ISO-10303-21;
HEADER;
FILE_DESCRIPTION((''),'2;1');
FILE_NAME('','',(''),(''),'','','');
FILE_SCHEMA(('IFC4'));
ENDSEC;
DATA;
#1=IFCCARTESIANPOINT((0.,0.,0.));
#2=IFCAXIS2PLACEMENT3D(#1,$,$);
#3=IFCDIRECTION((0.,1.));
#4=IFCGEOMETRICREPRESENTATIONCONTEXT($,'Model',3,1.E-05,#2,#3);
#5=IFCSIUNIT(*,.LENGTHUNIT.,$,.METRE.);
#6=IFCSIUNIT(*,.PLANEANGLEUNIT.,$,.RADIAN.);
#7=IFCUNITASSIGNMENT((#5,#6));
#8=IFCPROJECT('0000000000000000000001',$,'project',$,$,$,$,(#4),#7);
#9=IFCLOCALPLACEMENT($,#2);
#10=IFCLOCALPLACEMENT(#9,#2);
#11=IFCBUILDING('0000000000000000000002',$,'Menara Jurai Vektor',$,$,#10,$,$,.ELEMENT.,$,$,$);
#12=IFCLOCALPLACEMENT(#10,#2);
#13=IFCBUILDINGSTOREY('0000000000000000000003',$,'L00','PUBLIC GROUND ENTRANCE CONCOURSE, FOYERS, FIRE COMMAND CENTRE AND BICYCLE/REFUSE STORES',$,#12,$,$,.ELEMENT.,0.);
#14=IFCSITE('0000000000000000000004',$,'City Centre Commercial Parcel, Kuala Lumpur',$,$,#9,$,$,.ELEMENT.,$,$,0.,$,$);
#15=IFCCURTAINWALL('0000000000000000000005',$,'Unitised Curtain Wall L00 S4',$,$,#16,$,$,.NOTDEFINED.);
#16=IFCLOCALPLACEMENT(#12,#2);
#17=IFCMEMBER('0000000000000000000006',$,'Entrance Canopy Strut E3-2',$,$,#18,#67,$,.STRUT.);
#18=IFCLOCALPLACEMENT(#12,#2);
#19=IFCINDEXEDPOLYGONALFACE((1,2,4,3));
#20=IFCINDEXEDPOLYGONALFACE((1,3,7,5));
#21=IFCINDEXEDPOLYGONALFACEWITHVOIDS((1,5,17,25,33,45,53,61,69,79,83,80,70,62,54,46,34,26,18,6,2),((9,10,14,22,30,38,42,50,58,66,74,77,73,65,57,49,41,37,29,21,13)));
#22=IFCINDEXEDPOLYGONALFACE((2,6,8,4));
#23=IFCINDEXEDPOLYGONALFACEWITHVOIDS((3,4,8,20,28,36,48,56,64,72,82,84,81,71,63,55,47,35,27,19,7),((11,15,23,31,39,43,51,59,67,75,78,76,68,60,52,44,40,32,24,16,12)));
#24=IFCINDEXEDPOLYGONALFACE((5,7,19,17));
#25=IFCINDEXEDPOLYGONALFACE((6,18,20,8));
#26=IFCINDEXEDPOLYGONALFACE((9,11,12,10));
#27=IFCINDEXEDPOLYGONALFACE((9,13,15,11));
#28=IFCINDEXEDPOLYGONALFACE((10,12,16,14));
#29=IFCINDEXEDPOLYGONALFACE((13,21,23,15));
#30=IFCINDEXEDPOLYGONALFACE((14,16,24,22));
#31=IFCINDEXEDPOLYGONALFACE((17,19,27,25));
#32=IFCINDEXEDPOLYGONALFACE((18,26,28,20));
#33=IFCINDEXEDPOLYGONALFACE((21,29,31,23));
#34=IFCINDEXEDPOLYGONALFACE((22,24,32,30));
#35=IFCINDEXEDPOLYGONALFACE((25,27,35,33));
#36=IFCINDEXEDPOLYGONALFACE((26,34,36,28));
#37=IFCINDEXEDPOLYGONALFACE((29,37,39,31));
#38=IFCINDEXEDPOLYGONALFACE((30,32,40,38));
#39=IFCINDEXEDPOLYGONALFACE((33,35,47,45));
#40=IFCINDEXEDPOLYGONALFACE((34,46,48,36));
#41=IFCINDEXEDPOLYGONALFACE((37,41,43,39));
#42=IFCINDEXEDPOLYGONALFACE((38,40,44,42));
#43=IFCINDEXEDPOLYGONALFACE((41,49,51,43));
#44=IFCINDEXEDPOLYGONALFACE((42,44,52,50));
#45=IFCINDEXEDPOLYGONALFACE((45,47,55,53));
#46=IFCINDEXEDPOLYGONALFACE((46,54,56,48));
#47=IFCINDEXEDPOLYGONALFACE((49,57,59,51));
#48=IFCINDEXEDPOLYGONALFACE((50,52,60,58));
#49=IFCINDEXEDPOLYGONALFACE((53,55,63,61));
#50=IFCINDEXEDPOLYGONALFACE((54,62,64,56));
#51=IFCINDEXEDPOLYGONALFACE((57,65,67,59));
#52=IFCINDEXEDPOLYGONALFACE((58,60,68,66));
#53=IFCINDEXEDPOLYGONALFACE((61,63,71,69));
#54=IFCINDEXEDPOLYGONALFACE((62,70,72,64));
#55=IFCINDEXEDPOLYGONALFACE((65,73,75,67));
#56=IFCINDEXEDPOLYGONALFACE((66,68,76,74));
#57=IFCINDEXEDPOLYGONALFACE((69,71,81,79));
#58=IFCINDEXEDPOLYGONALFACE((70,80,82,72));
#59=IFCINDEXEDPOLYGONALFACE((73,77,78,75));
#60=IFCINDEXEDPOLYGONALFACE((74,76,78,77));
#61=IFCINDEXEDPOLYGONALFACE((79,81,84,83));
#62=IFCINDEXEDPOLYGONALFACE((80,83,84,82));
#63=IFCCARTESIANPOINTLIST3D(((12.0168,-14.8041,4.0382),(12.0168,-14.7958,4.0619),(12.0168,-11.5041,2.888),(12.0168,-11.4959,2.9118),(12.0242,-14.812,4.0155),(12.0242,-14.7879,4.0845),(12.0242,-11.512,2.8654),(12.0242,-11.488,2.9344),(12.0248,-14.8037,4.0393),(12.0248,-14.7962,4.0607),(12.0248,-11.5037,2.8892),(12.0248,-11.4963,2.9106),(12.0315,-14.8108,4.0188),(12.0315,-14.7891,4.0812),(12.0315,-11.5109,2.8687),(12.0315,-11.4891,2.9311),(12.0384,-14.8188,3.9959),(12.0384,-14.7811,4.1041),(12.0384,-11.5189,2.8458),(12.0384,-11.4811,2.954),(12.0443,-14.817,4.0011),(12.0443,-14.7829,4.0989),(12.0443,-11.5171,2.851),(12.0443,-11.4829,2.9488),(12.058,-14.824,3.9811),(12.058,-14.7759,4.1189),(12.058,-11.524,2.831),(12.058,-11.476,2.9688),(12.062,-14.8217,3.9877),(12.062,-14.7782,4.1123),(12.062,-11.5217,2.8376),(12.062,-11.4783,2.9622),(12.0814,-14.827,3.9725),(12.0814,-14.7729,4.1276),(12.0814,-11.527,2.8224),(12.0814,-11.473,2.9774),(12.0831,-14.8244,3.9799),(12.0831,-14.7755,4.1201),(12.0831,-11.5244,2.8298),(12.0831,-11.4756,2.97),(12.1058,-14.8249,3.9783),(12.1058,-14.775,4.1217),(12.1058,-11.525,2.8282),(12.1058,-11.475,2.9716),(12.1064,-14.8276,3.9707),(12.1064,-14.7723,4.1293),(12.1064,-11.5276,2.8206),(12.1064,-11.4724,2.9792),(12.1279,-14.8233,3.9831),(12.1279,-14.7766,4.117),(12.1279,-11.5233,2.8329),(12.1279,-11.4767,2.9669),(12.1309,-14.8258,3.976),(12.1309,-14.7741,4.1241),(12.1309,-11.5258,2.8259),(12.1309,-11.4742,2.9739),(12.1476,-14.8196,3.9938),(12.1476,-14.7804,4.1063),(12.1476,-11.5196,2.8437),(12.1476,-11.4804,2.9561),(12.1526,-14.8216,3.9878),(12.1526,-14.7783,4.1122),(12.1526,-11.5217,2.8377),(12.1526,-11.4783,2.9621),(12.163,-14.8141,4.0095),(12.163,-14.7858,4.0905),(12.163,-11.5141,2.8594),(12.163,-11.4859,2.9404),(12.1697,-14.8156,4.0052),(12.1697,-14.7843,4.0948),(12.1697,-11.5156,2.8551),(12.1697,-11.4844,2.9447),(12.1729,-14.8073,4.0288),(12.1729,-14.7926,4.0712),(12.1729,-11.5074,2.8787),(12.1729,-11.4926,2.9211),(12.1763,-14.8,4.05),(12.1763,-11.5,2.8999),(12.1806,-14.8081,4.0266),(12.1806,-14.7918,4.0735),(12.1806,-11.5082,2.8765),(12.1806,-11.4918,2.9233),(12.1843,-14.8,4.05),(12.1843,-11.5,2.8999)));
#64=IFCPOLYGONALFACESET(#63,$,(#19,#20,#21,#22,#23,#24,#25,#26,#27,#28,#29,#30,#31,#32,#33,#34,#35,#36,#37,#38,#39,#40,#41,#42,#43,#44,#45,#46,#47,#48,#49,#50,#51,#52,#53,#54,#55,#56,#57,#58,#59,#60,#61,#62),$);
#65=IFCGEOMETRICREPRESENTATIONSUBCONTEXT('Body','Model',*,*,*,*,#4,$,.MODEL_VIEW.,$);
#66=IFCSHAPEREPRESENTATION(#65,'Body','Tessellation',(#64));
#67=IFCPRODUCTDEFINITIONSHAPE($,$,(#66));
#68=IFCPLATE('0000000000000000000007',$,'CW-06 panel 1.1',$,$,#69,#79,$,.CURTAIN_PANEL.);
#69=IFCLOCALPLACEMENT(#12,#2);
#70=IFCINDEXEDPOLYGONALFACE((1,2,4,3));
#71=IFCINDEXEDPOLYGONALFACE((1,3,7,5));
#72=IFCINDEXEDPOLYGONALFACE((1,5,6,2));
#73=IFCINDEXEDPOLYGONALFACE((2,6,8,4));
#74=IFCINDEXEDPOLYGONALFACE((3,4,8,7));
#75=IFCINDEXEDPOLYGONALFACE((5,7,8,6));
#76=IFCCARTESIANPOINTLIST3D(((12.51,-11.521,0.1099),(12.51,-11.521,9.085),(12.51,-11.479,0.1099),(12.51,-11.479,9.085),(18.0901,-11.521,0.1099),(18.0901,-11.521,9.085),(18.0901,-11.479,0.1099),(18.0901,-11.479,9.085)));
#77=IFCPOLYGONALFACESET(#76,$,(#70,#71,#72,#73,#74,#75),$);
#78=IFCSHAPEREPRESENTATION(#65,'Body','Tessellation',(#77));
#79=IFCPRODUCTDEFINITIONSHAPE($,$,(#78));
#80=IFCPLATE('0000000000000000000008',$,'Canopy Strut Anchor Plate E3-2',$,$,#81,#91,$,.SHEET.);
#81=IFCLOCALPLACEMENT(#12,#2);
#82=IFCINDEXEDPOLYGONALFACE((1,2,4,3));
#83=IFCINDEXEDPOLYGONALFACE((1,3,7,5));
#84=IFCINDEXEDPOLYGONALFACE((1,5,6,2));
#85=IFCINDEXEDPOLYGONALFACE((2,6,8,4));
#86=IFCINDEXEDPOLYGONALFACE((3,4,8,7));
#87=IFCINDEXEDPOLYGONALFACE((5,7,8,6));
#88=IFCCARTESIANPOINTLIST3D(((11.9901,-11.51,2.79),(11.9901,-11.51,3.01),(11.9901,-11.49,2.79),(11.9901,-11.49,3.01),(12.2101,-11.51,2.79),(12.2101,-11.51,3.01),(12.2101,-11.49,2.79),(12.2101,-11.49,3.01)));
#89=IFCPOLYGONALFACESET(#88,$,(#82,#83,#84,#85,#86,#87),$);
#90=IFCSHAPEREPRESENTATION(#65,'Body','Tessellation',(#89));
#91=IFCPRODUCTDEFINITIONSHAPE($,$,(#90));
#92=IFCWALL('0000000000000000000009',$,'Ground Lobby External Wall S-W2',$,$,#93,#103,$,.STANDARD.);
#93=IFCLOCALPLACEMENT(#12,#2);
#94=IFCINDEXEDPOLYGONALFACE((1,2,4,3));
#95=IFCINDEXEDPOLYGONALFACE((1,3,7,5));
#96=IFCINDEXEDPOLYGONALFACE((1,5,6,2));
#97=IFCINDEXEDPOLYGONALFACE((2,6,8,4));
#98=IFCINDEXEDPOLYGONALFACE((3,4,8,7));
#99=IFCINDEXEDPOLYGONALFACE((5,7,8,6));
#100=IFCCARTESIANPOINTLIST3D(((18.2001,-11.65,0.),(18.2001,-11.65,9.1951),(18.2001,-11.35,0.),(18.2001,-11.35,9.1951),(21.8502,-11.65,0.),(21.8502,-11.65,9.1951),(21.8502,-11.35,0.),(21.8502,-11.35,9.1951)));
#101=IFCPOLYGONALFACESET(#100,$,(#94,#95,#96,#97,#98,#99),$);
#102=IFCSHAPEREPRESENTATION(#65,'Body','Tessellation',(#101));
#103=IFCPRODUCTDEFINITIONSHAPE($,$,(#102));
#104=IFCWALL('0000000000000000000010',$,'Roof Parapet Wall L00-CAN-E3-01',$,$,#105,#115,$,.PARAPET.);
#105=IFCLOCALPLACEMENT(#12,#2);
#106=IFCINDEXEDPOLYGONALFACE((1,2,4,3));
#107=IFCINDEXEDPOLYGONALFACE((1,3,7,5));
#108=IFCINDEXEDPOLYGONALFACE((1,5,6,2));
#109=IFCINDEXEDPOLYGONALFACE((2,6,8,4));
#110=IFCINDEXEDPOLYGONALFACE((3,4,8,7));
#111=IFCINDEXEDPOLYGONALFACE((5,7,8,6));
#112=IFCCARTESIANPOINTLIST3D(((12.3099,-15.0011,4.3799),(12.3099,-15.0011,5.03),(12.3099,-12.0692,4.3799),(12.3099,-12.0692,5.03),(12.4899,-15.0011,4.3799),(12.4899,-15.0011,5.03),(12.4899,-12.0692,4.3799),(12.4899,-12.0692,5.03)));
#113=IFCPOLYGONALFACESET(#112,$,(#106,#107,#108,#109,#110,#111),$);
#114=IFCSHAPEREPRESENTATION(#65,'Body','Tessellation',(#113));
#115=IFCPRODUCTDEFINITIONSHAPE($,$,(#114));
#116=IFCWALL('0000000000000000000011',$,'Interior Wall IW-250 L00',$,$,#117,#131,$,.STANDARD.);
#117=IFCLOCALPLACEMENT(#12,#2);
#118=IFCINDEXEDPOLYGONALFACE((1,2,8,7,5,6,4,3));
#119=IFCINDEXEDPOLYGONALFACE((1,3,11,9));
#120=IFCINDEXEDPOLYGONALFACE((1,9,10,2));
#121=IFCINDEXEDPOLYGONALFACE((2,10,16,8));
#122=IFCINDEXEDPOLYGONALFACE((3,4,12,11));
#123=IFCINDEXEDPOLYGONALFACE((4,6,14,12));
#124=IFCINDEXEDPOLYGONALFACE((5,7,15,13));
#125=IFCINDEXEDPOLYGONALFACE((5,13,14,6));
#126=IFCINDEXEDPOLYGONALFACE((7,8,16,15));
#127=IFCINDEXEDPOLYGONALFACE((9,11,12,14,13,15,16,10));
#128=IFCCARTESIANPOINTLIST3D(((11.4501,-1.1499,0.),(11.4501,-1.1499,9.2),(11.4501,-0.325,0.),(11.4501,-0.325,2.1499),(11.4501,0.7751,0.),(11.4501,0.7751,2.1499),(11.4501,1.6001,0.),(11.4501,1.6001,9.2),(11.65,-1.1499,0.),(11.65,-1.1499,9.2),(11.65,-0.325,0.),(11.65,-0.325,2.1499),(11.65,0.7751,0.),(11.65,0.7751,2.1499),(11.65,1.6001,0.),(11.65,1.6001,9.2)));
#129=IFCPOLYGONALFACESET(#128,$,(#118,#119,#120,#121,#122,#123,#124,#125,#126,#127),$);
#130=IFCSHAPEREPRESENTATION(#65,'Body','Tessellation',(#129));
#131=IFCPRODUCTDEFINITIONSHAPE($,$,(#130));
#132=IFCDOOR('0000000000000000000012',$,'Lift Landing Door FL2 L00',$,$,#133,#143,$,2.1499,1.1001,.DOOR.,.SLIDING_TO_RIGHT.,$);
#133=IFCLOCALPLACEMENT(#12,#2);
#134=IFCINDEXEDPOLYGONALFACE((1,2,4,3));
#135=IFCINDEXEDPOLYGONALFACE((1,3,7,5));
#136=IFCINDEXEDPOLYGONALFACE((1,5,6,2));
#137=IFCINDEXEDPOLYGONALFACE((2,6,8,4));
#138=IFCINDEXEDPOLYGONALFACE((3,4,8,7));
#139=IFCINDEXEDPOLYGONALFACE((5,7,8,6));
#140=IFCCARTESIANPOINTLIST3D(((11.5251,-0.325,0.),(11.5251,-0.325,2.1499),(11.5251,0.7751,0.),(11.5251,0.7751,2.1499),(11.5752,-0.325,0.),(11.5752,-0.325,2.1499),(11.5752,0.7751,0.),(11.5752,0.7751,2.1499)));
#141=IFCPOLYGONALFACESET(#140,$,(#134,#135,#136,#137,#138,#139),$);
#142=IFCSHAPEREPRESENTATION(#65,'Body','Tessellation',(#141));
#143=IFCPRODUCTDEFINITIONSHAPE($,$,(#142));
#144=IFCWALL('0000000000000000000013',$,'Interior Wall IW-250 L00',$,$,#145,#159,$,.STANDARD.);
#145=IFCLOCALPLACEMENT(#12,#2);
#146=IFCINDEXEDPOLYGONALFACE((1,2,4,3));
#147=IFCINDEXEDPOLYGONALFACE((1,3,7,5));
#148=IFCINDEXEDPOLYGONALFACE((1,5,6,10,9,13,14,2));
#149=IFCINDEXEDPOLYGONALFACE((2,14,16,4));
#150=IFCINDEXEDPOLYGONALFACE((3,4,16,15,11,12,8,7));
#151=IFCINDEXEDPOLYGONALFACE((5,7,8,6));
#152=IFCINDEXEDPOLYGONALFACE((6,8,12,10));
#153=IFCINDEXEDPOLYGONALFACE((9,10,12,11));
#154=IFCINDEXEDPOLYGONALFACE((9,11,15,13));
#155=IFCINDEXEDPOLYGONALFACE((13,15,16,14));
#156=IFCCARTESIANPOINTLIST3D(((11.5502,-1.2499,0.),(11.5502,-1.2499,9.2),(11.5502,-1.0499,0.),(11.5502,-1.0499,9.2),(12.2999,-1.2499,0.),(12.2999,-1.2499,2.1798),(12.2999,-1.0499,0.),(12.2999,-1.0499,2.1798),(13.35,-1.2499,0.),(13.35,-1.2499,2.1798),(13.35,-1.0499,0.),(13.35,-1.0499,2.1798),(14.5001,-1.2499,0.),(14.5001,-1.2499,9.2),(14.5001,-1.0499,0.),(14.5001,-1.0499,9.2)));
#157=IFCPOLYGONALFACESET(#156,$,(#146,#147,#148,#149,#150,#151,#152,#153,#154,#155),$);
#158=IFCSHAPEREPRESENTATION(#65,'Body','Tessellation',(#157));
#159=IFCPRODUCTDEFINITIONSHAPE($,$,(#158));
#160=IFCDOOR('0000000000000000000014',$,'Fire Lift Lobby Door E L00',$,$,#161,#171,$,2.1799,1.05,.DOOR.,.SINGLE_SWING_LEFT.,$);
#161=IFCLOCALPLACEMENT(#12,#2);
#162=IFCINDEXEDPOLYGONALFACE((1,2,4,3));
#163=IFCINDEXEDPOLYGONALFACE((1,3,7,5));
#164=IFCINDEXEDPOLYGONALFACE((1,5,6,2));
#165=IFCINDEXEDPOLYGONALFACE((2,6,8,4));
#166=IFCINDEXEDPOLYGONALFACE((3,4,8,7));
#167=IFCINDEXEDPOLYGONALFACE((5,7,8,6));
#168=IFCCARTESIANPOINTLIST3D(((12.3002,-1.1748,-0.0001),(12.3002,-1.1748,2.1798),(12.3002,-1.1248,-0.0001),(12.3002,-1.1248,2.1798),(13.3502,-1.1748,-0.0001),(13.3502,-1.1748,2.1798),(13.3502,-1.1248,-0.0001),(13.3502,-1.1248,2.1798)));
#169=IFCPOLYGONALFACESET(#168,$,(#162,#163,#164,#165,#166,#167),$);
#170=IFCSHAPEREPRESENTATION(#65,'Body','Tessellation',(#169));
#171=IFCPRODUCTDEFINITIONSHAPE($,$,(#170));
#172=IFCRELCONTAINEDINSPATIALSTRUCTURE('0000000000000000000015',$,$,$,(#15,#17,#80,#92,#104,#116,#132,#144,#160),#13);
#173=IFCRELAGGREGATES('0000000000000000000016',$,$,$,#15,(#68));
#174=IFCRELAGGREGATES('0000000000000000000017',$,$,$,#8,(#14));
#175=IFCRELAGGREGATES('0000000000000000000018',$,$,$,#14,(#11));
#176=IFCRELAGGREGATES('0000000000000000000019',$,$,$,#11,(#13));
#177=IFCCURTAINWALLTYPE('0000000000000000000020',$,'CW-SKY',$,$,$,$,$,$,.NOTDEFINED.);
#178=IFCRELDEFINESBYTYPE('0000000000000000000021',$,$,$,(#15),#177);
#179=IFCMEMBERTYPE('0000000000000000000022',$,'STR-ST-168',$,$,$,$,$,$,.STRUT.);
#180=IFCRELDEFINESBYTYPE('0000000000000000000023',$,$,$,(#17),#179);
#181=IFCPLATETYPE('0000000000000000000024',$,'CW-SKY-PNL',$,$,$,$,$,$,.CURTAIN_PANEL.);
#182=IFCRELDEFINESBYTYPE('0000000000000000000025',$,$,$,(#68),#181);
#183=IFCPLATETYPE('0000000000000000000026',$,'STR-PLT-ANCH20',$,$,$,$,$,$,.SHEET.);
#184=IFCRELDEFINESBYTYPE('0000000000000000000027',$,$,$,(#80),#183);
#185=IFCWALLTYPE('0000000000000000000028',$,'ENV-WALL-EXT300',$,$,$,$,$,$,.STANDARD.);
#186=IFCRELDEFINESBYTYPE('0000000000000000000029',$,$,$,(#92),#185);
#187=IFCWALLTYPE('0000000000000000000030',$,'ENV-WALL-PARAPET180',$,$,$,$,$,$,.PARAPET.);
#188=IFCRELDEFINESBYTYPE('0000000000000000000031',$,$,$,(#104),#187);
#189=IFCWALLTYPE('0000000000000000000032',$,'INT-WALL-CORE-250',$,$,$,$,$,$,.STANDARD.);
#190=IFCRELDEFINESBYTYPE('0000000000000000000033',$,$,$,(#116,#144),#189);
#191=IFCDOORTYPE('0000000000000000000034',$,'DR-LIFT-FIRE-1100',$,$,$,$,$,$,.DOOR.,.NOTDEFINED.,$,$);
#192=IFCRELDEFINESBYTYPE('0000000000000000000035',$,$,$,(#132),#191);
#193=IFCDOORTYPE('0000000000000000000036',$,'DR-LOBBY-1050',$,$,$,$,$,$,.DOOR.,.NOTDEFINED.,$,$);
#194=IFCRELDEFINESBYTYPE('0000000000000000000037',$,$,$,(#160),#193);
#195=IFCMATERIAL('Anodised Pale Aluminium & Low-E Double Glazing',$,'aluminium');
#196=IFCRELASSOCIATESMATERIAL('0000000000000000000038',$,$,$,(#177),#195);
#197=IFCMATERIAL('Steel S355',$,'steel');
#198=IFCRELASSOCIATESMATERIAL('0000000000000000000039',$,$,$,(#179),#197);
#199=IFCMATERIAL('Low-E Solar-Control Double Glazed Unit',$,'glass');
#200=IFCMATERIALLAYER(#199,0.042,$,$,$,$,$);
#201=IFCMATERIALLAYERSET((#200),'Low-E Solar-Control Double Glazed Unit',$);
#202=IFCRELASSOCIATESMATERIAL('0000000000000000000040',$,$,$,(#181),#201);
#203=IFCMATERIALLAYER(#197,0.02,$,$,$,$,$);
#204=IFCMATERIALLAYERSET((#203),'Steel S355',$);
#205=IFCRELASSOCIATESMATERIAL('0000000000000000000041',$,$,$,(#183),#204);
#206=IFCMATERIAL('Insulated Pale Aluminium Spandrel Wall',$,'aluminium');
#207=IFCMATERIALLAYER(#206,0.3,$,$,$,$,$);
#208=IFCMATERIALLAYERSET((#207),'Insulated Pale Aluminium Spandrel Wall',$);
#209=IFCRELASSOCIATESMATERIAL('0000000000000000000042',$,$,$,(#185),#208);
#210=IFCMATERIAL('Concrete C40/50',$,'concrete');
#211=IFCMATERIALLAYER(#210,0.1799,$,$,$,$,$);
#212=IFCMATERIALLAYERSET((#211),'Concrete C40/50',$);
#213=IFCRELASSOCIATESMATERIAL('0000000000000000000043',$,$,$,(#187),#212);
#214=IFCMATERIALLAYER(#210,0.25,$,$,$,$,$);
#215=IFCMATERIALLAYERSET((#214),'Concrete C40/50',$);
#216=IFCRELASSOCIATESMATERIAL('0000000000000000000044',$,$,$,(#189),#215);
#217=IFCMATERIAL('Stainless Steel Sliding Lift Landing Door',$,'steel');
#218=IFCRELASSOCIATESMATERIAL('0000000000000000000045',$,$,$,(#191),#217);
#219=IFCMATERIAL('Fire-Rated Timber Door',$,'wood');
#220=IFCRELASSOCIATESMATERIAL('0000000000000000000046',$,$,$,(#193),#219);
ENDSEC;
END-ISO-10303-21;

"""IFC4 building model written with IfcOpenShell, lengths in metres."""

from ifc_helpers import new_model, si_unit, direction, frame, frame_2d, origin, origin_2d, place, context, subcontext, project, spatial, rectangle, hollow_circle, extrude, material, layer, layer_set, material_profile, profile_set, type_object, element, fill, aggregate, save


model = new_model("IFC4")

# Units and contexts
model_context = context("Model", 3, precision=1e-05, world=origin(), true_north=direction((0.0, 1.0)))
body_context = subcontext(model_context, "Body", "Model", "MODEL_VIEW")
ifc_project = project(units=[si_unit("LENGTHUNIT", "METRE"), si_unit("PLANEANGLEUNIT", "RADIAN")], contexts=[model_context])

# Site, building, storey
site_placement = place(None, origin())
site = spatial("IfcSite", under=ifc_project, at=site_placement, Name="City Centre Commercial Parcel, Kuala Lumpur", CompositionType="ELEMENT", RefElevation=0.0)
building_placement = place(site_placement, origin())
building = spatial("IfcBuilding", under=site, at=building_placement, Name="Menara Jurai Vektor", CompositionType="ELEMENT")
storey_placement = place(building_placement, origin())
storey = spatial("IfcBuildingStorey", under=building, at=storey_placement, Name="L00", Description="PUBLIC GROUND ENTRANCE CONCOURSE, FOYERS, FIRE COMMAND CENTRE AND BICYCLE/REFUSE STORES", CompositionType="ELEMENT", Elevation=0.0)

# Shared definitions
ifc_material_1 = material(Name="Steel S355", Category="steel")

# Curtain wall
ifc_material_2 = material(Name="Anodised Pale Aluminium & Low-E Double Glazing", Category="aluminium")
curtain_wall_type = type_object("IfcCurtainWallType", Name="CW-SKY", PredefinedType="NOTDEFINED", material=ifc_material_2)
curtain_wall_placement = place(storey_placement, origin())
curtain_wall = element("IfcCurtainWall", 1, at=curtain_wall_placement, inside=storey, type_object=curtain_wall_type, Name="Unitised Curtain Wall L00 S4", PredefinedType="NOTDEFINED")

# Member
ifc_material_profile_1 = material_profile(ifc_material_1, hollow_circle(Radius=0.0842, WallThickness=0.0081, at=origin_2d()), Name="CHS 168.3x8")
ifc_profile_set_1 = profile_set([ifc_material_profile_1], Name="Steel S355")
member_type_1 = type_object("IfcMemberType", Name="STR-ST-168", PredefinedType="STRUT", material=ifc_profile_set_1)
member_1_placement = place(storey_placement, frame((12.1001, -11.5, 2.8999), z_axis=(0.0, -0.944292, 0.329109), x_axis=(1.0, 0.0, 0.0)))
element("IfcMember", 2, at=member_1_placement, inside=storey, type_object=member_type_1, Name="Entrance Canopy Strut E3-2", PredefinedType="STRUT", context=body_context, shape_type="SweptSolid", body=[
    extrude(hollow_circle(Radius=0.0842, WallThickness=0.0081, at=origin_2d()), origin(), (0.0, 0.0, 1.0), 3.4946),
])

# Plates
ifc_material_3 = material(Name="Low-E Solar-Control Double Glazed Unit", Category="glass")
ifc_layer_1 = layer(ifc_material_3, 0.042)
ifc_layer_set_1 = layer_set([ifc_layer_1], Name="Low-E Solar-Control Double Glazed Unit")
plate_type_1 = type_object("IfcPlateType", Name="CW-SKY-PNL", PredefinedType="CURTAIN_PANEL", material=ifc_layer_set_1)
plate_1_placement = place(storey_placement, frame((15.3, -11.5, 0.1099), z_axis=(0.0, 0.0, 1.0), x_axis=(1.0, 0.0, 0.0)))
plate_1 = element("IfcPlate", 3, at=plate_1_placement, type_object=plate_type_1, Name="CW-06 panel 1.1", PredefinedType="CURTAIN_PANEL", context=body_context, shape_type="SweptSolid", body=[
    extrude(rectangle(XDim=5.5801, YDim=0.042, at=origin_2d()), origin(), (0.0, 0.0, 1.0), 8.9751),
])
aggregate(curtain_wall, [plate_1])
ifc_layer_2 = layer(ifc_material_1, 0.02)
ifc_layer_set_2 = layer_set([ifc_layer_2], Name="Steel S355")
plate_type_2 = type_object("IfcPlateType", Name="STR-PLT-ANCH20", PredefinedType="SHEET", material=ifc_layer_set_2)
plate_2_placement = place(storey_placement, frame((12.1001, -11.5, 2.79), z_axis=(0.0, 0.0, 1.0), x_axis=(1.0, 0.0, 0.0)))
element("IfcPlate", 4, at=plate_2_placement, inside=storey, type_object=plate_type_2, Name="Canopy Strut Anchor Plate E3-2", PredefinedType="SHEET", context=body_context, shape_type="SweptSolid", body=[
    extrude(rectangle(XDim=0.22, YDim=0.02, at=origin_2d()), origin(), (0.0, 0.0, 1.0), 0.22),
])

# Walls
ifc_material_4 = material(Name="Insulated Pale Aluminium Spandrel Wall", Category="aluminium")
ifc_layer_3 = layer(ifc_material_4, 0.3)
ifc_layer_set_3 = layer_set([ifc_layer_3], Name="Insulated Pale Aluminium Spandrel Wall")
wall_type_1 = type_object("IfcWallType", Name="ENV-WALL-EXT300", PredefinedType="STANDARD", material=ifc_layer_set_3)
wall_1_placement = place(storey_placement, frame((18.2, -11.5, 0.0), z_axis=(0.0, 0.0, 1.0), x_axis=(1.0, 0.0, 0.0)))
element("IfcWall", 5, at=wall_1_placement, inside=storey, type_object=wall_type_1, Name="Ground Lobby External Wall S-W2", PredefinedType="STANDARD", context=body_context, shape_type="SweptSolid", body=[
    extrude(rectangle(XDim=3.6501, YDim=0.3, at=frame_2d((1.8252, 0.0))), origin(), (0.0, 0.0, 1.0), 9.1951),
])
ifc_material_5 = material(Name="Concrete C40/50", Category="concrete")
ifc_layer_4 = layer(ifc_material_5, 0.1799)
ifc_layer_set_4 = layer_set([ifc_layer_4], Name="Concrete C40/50")
wall_type_2 = type_object("IfcWallType", Name="ENV-WALL-PARAPET180", PredefinedType="PARAPET", material=ifc_layer_set_4)
wall_2_placement = place(storey_placement, frame((12.3999, -15.001, 4.3799), z_axis=(0.0, 0.0, 1.0), x_axis=(0.0, 1.0, 0.0)))
element("IfcWall", 6, at=wall_2_placement, inside=storey, type_object=wall_type_2, Name="Roof Parapet Wall L00-CAN-E3-01", PredefinedType="PARAPET", context=body_context, shape_type="SweptSolid", body=[
    extrude(rectangle(XDim=2.9319, YDim=0.1799, at=frame_2d((1.4658, 0.0))), origin(), (0.0, 0.0, 1.0), 0.6501),
])

# Walls, openings, doors
ifc_layer_5 = layer(ifc_material_5, 0.25)
ifc_layer_set_5 = layer_set([ifc_layer_5], Name="Concrete C40/50")
wall_type_3 = type_object("IfcWallType", Name="INT-WALL-CORE-250", PredefinedType="STANDARD", material=ifc_layer_set_5)
wall_3_placement = place(storey_placement, frame((11.55, -1.1499, 0.0), z_axis=(0.0, 0.0, 1.0), x_axis=(0.0, 1.0, 0.0)))
wall_3 = element("IfcWall", 7, at=wall_3_placement, inside=storey, type_object=wall_type_3, Name="Interior Wall IW-250 L00", PredefinedType="STANDARD", context=body_context, shape_type="SweptSolid", body=[
    extrude(rectangle(XDim=2.75, YDim=0.2, at=frame_2d((1.375, 0.0))), origin(), (0.0, 0.0, 1.0), 9.2),
])
opening_1_placement = place(wall_3_placement, frame((0.825, 0.0, 0.0)))
opening_1 = element("IfcOpeningElement", 8, at=opening_1_placement, cuts=wall_3, PredefinedType="OPENING", context=body_context, shape_type="SweptSolid", body=[
    extrude(rectangle(XDim=1.1001, YDim=2.1499, at=frame_2d((0.55, 1.075))), frame((0.0, 0.1099, 0.0), z_axis=(0.0, -1.0, 0.0), x_axis=(1.0, 0.0, 0.0)), (0.0, 0.0, 1.0), 0.22),
])
ifc_material_6 = material(Name="Stainless Steel Sliding Lift Landing Door", Category="steel")
door_type_1 = type_object("IfcDoorType", Name="DR-LIFT-FIRE-1100", OperationType="NOTDEFINED", PredefinedType="DOOR", material=ifc_material_6)
door_1_placement = place(opening_1_placement, origin())
door_1 = element("IfcDoor", 9, at=door_1_placement, inside=storey, type_object=door_type_1, Name="Lift Landing Door FL2 L00", OperationType="SLIDING_TO_RIGHT", OverallHeight=2.1499, OverallWidth=1.1001, PredefinedType="DOOR", context=body_context, shape_type="SweptSolid", body=[
    extrude(rectangle(XDim=1.1001, YDim=2.1499, at=frame_2d((0.55, 1.075))), frame((0.0, 0.0249, 0.0), z_axis=(0.0, -1.0, 0.0), x_axis=(1.0, 0.0, 0.0)), (0.0, 0.0, 1.0), 0.05),
])
fill(opening_1, door_1)
wall_4_placement = place(storey_placement, frame((11.55, -1.1499, 0.0), z_axis=(0.0, 0.0, 1.0), x_axis=(1.0, 0.0, 0.0)))
wall_4 = element("IfcWall", 10, at=wall_4_placement, inside=storey, type_object=wall_type_3, Name="Interior Wall IW-250 L00", PredefinedType="STANDARD", context=body_context, shape_type="SweptSolid", body=[
    extrude(rectangle(XDim=2.95, YDim=0.2, at=frame_2d((1.4751, 0.0))), origin(), (0.0, 0.0, 1.0), 9.2),
])
opening_2_placement = place(wall_4_placement, frame((0.75, 0.0, 0.0)))
opening_2 = element("IfcOpeningElement", 11, at=opening_2_placement, cuts=wall_4, PredefinedType="OPENING", context=body_context, shape_type="SweptSolid", body=[
    extrude(rectangle(XDim=1.05, YDim=2.1799, at=frame_2d((0.5249, 1.0898))), frame((0.0, 0.1099, 0.0), z_axis=(0.0, -1.0, 0.0), x_axis=(1.0, 0.0, 0.0)), (0.0, 0.0, 1.0), 0.22),
])
ifc_material_7 = material(Name="Fire-Rated Timber Door", Category="wood")
door_type_2 = type_object("IfcDoorType", Name="DR-LOBBY-1050", OperationType="NOTDEFINED", PredefinedType="DOOR", material=ifc_material_7)
door_2_placement = place(opening_2_placement, frame((1.05, 0.0, 0.0), z_axis=(0.0, 0.0, 1.0), x_axis=(-1.0, 0.0, 0.0)))
door_2 = element("IfcDoor", 12, at=door_2_placement, inside=storey, type_object=door_type_2, Name="Fire Lift Lobby Door E L00", OperationType="SINGLE_SWING_LEFT", OverallHeight=2.1799, OverallWidth=1.05, PredefinedType="DOOR", context=body_context, shape_type="SweptSolid", body=[
    extrude(rectangle(XDim=1.05, YDim=2.1799, at=frame_2d((0.5249, 1.0898))), frame((0.0, 0.0249, 0.0), z_axis=(0.0, -1.0, 0.0), x_axis=(1.0, 0.0, 0.0)), (0.0, 0.0, 1.0), 0.05),
])
fill(opening_2, door_2)

save(model, "model.ifc")
